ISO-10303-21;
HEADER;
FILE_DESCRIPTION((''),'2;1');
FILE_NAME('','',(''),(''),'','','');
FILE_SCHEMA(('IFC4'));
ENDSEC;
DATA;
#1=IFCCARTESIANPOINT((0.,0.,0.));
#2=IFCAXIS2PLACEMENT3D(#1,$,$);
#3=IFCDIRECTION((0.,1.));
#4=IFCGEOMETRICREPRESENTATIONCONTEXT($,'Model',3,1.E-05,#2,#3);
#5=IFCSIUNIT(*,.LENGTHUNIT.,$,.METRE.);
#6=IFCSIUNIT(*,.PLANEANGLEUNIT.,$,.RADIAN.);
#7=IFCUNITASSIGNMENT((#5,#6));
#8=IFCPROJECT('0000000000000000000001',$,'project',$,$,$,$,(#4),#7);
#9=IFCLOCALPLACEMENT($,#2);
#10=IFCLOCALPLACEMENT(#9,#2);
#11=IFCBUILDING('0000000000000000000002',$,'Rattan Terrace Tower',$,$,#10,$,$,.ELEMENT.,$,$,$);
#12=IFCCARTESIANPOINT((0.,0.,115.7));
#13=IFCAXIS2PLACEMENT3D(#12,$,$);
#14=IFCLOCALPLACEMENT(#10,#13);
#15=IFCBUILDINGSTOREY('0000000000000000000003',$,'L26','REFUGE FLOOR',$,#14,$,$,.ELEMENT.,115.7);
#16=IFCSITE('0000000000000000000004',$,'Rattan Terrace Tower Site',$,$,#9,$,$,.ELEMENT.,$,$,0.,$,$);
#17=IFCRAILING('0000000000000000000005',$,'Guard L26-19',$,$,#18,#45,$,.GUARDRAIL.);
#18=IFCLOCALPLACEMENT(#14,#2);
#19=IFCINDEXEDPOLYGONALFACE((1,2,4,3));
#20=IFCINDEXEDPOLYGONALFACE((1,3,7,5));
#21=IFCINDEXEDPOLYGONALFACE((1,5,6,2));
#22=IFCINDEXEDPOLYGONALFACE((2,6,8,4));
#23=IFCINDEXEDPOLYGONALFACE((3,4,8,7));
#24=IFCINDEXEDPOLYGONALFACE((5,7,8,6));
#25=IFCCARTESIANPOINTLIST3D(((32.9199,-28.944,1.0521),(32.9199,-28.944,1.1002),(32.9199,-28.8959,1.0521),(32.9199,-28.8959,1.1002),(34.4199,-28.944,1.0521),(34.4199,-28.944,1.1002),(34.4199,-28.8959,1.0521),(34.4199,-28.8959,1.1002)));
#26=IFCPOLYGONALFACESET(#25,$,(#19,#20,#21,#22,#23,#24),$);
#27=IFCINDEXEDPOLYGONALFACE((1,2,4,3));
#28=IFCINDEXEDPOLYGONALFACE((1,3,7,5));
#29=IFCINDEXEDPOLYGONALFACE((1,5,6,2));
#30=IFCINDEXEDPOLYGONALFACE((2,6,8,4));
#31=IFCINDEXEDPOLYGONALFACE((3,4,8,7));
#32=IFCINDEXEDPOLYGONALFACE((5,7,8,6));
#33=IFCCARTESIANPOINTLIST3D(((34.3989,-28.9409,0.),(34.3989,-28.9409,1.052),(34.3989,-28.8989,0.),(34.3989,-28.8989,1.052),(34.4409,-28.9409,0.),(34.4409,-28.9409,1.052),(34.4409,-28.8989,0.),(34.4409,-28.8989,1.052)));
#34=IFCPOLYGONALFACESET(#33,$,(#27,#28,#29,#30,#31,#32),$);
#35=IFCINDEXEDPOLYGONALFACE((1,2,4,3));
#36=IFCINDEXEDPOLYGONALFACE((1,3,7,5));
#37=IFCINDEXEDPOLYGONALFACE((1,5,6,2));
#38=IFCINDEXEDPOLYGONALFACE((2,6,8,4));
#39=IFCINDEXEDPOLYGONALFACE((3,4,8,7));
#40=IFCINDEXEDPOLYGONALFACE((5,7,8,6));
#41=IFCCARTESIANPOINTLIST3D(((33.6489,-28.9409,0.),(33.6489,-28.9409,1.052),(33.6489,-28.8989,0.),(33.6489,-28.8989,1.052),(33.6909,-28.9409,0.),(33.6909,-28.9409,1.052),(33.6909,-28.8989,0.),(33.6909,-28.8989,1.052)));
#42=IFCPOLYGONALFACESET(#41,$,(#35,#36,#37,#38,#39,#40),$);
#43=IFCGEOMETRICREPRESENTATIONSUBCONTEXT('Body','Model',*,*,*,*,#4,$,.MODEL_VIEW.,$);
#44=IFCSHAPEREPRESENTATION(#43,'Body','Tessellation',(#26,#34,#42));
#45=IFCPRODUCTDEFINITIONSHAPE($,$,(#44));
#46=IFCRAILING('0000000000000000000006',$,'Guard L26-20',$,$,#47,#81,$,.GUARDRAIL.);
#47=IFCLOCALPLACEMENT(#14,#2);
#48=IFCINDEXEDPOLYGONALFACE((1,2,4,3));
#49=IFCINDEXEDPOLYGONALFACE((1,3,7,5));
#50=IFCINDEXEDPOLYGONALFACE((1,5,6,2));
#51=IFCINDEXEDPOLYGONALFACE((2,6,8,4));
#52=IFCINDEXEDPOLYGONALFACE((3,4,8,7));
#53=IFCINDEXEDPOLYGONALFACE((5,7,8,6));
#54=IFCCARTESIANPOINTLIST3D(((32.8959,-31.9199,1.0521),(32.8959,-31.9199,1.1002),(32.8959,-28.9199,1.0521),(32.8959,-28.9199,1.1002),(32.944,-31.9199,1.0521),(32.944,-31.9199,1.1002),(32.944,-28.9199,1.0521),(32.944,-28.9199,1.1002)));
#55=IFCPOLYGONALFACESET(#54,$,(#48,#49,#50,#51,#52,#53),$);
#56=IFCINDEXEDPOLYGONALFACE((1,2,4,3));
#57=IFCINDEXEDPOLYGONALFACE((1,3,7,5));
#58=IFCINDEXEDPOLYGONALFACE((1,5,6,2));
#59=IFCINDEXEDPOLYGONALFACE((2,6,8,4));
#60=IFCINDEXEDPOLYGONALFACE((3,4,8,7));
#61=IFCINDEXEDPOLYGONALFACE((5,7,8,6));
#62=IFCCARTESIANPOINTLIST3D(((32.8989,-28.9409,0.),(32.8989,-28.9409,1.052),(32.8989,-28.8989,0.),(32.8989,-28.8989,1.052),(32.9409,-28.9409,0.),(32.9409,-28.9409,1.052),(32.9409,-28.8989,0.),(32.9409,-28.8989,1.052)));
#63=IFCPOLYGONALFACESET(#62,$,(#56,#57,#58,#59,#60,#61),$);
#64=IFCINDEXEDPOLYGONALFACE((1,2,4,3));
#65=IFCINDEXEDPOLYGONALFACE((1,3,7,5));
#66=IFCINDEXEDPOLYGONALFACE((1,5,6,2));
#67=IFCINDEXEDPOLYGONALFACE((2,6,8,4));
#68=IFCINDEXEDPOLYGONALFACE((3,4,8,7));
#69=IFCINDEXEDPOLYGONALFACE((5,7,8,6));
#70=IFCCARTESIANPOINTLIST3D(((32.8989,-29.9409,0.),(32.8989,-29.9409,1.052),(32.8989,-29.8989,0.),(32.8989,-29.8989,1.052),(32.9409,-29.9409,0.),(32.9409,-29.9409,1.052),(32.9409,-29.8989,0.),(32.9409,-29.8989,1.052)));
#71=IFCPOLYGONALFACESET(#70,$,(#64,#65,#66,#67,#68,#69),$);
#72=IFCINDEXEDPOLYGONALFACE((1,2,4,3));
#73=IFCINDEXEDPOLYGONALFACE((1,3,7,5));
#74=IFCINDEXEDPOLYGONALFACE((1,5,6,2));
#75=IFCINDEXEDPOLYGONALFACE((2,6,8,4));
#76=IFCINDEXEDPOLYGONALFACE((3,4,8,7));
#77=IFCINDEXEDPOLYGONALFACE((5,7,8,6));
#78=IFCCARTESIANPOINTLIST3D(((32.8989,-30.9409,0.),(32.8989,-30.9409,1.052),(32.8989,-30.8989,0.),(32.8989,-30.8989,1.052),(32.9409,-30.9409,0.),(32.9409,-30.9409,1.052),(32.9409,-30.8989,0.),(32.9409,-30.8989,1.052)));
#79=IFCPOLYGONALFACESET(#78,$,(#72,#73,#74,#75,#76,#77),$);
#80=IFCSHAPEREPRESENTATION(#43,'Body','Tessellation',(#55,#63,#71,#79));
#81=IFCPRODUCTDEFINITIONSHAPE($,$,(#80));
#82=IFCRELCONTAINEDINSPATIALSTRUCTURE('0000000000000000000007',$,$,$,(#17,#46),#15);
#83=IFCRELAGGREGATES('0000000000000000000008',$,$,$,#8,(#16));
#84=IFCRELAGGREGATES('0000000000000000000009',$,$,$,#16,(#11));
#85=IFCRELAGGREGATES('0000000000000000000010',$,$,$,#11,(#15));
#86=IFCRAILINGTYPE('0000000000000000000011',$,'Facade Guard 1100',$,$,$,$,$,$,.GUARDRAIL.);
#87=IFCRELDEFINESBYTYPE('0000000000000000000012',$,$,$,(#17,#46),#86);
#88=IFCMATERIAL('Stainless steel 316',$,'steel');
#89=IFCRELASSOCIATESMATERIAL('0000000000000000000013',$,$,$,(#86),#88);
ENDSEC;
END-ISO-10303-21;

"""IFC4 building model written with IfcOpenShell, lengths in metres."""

from ifc_helpers import new_model, si_unit, direction, frame, origin, origin_2d, place, context, subcontext, project, spatial, rectangle, extrude, material, type_object, element, save


model = new_model("IFC4")

# Units and contexts
model_context = context("Model", 3, precision=1e-05, world=origin(), true_north=direction((0.0, 1.0)))
body_context = subcontext(model_context, "Body", "Model", "MODEL_VIEW")
ifc_project = project(units=[si_unit("LENGTHUNIT", "METRE"), si_unit("PLANEANGLEUNIT", "RADIAN")], contexts=[model_context])

# Site, building, storey
site_placement = place(None, origin())
site = spatial("IfcSite", under=ifc_project, at=site_placement, Name="Rattan Terrace Tower Site", CompositionType="ELEMENT", RefElevation=0.0)
building_placement = place(site_placement, origin())
building = spatial("IfcBuilding", under=site, at=building_placement, Name="Rattan Terrace Tower", CompositionType="ELEMENT")
storey_placement = place(building_placement, frame((0.0, 0.0, 115.7)))
storey = spatial("IfcBuildingStorey", under=building, at=storey_placement, Name="L26", Description="REFUGE FLOOR", CompositionType="ELEMENT", Elevation=115.7)

# Railings
ifc_material_1 = material(Name="Stainless steel 316", Category="steel")
railing_type = type_object("IfcRailingType", Name="Facade Guard 1100", PredefinedType="GUARDRAIL", material=ifc_material_1)
railing_1_placement = place(storey_placement, frame((34.4199, -28.9199, 0.0)))
element("IfcRailing", 1, at=railing_1_placement, inside=storey, type_object=railing_type, Name="Guard L26-19", PredefinedType="GUARDRAIL", context=body_context, shape_type="SweptSolid", body=[
    extrude(rectangle(XDim=0.0481, YDim=0.0481, at=origin_2d()), frame((0.0, 0.0, 1.0762), z_axis=(-1.0, 0.0, 0.0), x_axis=(0.0, -1.0, 0.0)), (0.0, 0.0, 1.0), 1.5),
    extrude(rectangle(XDim=0.042, YDim=0.042, at=origin_2d()), origin(), (0.0, 0.0, 1.0), 1.052),
    extrude(rectangle(XDim=0.042, YDim=0.042, at=origin_2d()), frame((-0.75, 0.0, 0.0)), (0.0, 0.0, 1.0), 1.052),
])
railing_2_placement = place(storey_placement, frame((32.9199, -28.9199, 0.0)))
element("IfcRailing", 2, at=railing_2_placement, inside=storey, type_object=railing_type, Name="Guard L26-20", PredefinedType="GUARDRAIL", context=body_context, shape_type="SweptSolid", body=[
    extrude(rectangle(XDim=0.0481, YDim=0.0481, at=origin_2d()), frame((0.0, 0.0, 1.0762), z_axis=(0.0, -1.0, 0.0), x_axis=(1.0, 0.0, 0.0)), (0.0, 0.0, 1.0), 3.0),
    extrude(rectangle(XDim=0.042, YDim=0.042, at=origin_2d()), origin(), (0.0, 0.0, 1.0), 1.052),
    extrude(rectangle(XDim=0.042, YDim=0.042, at=origin_2d()), frame((0.0, -1.0, 0.0)), (0.0, 0.0, 1.0), 1.052),
    extrude(rectangle(XDim=0.042, YDim=0.042, at=origin_2d()), frame((0.0, -2.0, 0.0)), (0.0, 0.0, 1.0), 1.052),
])

save(model, "model.ifc")
